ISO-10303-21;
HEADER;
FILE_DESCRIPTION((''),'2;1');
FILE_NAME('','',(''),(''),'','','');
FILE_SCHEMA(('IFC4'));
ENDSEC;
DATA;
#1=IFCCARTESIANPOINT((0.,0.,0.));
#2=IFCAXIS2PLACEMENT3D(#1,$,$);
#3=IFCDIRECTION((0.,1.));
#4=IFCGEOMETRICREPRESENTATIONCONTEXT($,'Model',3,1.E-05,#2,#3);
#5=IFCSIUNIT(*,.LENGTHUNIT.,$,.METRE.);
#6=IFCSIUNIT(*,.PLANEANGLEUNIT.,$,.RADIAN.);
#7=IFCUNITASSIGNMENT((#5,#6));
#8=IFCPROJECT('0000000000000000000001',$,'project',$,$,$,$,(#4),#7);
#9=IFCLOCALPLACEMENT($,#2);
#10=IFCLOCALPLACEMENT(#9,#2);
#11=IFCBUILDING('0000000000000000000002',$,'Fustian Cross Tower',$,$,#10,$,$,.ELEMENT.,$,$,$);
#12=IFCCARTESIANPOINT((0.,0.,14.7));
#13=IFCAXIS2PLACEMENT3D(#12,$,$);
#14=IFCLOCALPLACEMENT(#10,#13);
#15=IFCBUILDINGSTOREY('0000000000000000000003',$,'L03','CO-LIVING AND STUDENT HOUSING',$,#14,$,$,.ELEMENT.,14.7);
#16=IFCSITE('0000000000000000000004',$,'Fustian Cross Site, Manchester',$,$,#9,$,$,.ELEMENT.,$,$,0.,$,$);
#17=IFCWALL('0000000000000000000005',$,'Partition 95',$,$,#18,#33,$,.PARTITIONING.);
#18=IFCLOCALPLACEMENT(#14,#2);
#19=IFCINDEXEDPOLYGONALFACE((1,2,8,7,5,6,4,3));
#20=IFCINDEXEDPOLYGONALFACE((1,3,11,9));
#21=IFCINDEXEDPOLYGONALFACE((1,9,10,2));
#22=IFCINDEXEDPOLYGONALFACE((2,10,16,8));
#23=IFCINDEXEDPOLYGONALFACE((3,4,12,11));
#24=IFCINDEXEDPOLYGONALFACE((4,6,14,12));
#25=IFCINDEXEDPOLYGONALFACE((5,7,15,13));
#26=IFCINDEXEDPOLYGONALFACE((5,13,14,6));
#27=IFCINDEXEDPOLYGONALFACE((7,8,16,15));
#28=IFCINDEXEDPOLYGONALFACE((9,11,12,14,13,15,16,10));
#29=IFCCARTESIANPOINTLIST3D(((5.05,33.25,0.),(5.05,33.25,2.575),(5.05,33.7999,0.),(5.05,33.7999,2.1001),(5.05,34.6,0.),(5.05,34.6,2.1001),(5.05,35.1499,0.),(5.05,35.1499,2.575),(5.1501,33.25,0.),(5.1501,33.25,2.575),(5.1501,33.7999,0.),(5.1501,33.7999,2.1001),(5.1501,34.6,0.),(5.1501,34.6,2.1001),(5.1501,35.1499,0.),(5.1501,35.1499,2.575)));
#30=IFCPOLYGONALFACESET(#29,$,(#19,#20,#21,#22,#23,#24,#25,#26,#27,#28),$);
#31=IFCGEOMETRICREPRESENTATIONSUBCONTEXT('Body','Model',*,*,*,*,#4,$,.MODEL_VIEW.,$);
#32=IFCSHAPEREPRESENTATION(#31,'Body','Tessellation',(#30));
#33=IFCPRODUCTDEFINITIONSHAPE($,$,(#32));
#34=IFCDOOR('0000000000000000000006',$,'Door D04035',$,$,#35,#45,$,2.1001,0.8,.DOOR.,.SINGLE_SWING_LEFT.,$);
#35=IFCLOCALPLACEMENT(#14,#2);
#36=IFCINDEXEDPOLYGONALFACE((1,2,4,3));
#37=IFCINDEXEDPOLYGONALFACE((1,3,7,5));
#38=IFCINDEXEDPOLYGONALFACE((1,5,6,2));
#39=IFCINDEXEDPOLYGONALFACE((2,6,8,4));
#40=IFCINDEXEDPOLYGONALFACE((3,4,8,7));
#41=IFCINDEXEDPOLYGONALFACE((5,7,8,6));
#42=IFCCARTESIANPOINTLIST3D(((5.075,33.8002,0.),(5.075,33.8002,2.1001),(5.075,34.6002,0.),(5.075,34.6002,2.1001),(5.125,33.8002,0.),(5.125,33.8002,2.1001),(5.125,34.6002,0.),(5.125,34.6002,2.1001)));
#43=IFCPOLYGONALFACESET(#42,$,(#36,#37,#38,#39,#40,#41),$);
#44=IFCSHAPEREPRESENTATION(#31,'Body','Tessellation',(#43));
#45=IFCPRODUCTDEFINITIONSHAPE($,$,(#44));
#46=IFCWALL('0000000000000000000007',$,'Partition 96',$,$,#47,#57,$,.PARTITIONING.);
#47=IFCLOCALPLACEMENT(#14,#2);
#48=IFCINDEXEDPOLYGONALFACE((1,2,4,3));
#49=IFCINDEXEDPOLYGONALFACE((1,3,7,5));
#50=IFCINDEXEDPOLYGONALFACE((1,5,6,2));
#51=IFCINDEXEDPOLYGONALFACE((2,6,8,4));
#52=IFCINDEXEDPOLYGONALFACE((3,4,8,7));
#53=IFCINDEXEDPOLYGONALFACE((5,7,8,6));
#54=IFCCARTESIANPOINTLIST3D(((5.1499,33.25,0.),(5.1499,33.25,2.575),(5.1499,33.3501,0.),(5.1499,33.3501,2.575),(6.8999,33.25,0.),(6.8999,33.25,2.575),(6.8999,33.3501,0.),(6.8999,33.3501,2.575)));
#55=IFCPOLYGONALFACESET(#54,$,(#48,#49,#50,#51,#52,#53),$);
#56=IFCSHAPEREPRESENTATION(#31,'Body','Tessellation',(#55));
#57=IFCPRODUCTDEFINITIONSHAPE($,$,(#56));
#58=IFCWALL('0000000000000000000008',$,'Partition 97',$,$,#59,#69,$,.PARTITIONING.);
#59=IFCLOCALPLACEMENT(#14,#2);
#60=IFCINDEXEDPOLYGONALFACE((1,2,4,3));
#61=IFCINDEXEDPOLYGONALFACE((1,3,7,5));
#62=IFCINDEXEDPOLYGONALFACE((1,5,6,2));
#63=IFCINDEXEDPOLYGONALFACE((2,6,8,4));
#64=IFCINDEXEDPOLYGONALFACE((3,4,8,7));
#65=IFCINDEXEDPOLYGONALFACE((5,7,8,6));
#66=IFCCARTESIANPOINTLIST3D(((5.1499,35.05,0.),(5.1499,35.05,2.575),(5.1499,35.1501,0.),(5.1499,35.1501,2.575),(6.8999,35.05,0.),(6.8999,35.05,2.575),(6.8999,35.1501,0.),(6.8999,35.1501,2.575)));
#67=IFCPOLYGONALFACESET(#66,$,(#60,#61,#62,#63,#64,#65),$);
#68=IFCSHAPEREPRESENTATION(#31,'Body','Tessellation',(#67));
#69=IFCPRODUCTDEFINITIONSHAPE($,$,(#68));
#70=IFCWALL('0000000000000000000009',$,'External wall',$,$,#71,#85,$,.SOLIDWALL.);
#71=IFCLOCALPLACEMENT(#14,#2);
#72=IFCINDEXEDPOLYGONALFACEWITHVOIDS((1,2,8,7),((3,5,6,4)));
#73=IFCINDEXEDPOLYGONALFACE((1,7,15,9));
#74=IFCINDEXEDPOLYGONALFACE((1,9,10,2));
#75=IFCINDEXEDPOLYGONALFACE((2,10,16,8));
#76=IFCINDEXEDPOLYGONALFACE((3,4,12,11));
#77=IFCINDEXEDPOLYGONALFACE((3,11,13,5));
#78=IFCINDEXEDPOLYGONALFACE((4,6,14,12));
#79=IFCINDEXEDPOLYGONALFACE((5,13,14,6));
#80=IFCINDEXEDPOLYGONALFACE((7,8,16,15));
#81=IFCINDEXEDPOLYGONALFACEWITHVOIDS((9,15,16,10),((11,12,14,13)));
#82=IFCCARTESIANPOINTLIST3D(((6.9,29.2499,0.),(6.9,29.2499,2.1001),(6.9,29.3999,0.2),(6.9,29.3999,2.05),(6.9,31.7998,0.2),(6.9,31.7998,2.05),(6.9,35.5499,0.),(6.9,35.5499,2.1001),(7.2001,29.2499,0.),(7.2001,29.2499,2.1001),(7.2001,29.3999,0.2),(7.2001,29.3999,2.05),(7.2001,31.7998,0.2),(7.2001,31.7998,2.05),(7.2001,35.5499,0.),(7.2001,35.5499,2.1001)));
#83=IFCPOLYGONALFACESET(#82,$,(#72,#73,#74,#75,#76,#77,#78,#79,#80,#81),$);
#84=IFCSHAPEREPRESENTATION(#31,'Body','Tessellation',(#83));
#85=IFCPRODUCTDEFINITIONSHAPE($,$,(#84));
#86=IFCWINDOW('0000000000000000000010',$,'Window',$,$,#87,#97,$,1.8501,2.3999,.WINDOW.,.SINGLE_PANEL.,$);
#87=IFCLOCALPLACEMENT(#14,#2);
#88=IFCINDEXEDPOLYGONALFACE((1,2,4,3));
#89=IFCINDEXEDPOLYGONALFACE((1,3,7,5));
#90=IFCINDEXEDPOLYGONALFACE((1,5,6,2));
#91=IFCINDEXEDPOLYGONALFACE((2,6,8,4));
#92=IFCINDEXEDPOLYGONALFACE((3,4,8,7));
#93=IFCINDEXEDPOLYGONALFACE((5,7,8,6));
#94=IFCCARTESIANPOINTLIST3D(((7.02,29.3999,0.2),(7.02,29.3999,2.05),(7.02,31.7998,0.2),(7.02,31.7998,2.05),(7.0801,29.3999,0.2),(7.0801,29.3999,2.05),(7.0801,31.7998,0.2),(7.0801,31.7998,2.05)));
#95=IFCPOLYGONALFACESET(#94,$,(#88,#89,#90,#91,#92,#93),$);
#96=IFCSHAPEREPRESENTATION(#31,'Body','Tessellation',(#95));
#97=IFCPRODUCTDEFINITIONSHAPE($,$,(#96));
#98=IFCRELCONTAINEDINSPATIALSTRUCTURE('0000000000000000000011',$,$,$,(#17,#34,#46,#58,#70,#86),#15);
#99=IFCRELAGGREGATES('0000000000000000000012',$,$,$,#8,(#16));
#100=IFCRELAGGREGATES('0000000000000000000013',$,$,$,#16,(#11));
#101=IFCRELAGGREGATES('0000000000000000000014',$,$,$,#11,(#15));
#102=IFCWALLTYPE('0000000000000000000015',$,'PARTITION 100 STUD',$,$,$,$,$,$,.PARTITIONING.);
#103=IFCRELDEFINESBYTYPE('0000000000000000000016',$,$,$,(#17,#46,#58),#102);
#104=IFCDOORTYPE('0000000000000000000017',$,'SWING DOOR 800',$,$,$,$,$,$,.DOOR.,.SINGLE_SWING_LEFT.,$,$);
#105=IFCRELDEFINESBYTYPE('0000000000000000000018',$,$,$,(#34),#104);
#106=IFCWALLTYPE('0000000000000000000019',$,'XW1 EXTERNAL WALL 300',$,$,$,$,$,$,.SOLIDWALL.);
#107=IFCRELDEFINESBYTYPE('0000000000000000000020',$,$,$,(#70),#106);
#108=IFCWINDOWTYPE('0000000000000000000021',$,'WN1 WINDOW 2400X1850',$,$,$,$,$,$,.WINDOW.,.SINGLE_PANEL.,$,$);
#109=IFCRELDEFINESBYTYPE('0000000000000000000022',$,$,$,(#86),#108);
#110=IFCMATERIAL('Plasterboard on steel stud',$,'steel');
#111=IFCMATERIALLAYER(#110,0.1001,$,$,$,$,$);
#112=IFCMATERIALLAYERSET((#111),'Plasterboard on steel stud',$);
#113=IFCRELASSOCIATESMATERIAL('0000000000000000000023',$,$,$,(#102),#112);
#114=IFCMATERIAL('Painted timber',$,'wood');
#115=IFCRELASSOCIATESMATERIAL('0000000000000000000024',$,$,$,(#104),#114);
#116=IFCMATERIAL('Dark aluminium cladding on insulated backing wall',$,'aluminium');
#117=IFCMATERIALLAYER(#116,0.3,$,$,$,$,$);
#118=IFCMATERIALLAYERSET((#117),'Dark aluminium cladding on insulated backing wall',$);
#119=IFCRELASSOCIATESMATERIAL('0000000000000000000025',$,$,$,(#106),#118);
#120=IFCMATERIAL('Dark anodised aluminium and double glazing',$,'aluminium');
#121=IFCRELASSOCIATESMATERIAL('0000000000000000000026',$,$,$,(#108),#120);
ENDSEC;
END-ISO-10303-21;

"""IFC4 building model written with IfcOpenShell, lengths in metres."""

from ifc_helpers import new_model, si_unit, direction, frame, frame_2d, origin, place, context, subcontext, project, spatial, rectangle, extrude, material, layer, layer_set, type_object, element, fill, save


model = new_model("IFC4")

# Units and contexts
model_context = context("Model", 3, precision=1e-05, world=origin(), true_north=direction((0.0, 1.0)))
body_context = subcontext(model_context, "Body", "Model", "MODEL_VIEW")
ifc_project = project(units=[si_unit("LENGTHUNIT", "METRE"), si_unit("PLANEANGLEUNIT", "RADIAN")], contexts=[model_context])

# Site, building, storey
site_placement = place(None, origin())
site = spatial("IfcSite", under=ifc_project, at=site_placement, Name="Fustian Cross Site, Manchester", CompositionType="ELEMENT", RefElevation=0.0)
building_placement = place(site_placement, origin())
building = spatial("IfcBuilding", under=site, at=building_placement, Name="Fustian Cross Tower", CompositionType="ELEMENT")
storey_placement = place(building_placement, frame((0.0, 0.0, 14.7)))
storey = spatial("IfcBuildingStorey", under=building, at=storey_placement, Name="L03", Description="CO-LIVING AND STUDENT HOUSING", CompositionType="ELEMENT", Elevation=14.7)

# Shared definitions
ifc_material_1 = material(Name="Plasterboard on steel stud", Category="steel")
ifc_layer_1 = layer(ifc_material_1, 0.1001)
ifc_layer_set_1 = layer_set([ifc_layer_1], Name="Plasterboard on steel stud")
wall_type_1 = type_object("IfcWallType", Name="PARTITION 100 STUD", PredefinedType="PARTITIONING", material=ifc_layer_set_1)

# Shared definitions
ifc_material_2 = material(Name="Painted timber", Category="wood")
door_type_1 = type_object("IfcDoorType", Name="SWING DOOR 800", OperationType="SINGLE_SWING_LEFT", PredefinedType="DOOR", material=ifc_material_2)

# Wall, opening, door
wall_1_placement = place(storey_placement, frame((5.1001, 33.25, 0.0), z_axis=(0.0, 0.0, 1.0), x_axis=(0.0, 1.0, 0.0)))
wall_1 = element("IfcWall", 1, at=wall_1_placement, inside=storey, type_object=wall_type_1, Name="Partition 95", PredefinedType="PARTITIONING", context=body_context, shape_type="SweptSolid", body=[
    extrude(rectangle(XDim=1.8999, YDim=0.1001, at=frame_2d((0.95, 0.0))), origin(), (0.0, 0.0, 1.0), 2.575),
])
opening_1_placement = place(wall_1_placement, frame((0.55, 0.0, 0.0)))
opening_1 = element("IfcOpeningElement", 2, at=opening_1_placement, cuts=wall_1, PredefinedType="OPENING", context=body_context, shape_type="SweptSolid", body=[
    extrude(rectangle(XDim=0.8, YDim=2.1001, at=frame_2d((0.3999, 1.05))), frame((0.0, 0.0601, 0.0), z_axis=(0.0, -1.0, 0.0), x_axis=(1.0, 0.0, 0.0)), (0.0, 0.0, 1.0), 0.1201),
])
door_1_placement = place(opening_1_placement, frame((0.8, 0.0, 0.0), z_axis=(0.0, 0.0, 1.0), x_axis=(-1.0, 0.0, 0.0)))
door_1 = element("IfcDoor", 3, at=door_1_placement, inside=storey, type_object=door_type_1, Name="Door D04035", OperationType="SINGLE_SWING_LEFT", OverallHeight=2.1001, OverallWidth=0.8, PredefinedType="DOOR", context=body_context, shape_type="SweptSolid", body=[
    extrude(rectangle(XDim=0.8, YDim=2.1001, at=frame_2d((0.3999, 1.05))), frame((0.0, 0.0249, 0.0), z_axis=(0.0, -1.0, 0.0), x_axis=(1.0, 0.0, 0.0)), (0.0, 0.0, 1.0), 0.05),
])
fill(opening_1, door_1)

# Walls
for number, where, z_axis, x_axis, name in (
    (4, (5.1499, 33.3, 0.0), (0.0, 0.0, 1.0), (1.0, 0.0, 0.0), "Partition 96"),
    (5, (5.1499, 35.1001, 0.0), (0.0, 0.0, 1.0), (1.0, 0.0, 0.0), "Partition 97"),
):
    element("IfcWall", number, at=place(storey_placement, frame(where, z_axis=z_axis, x_axis=x_axis)), inside=storey, type_object=wall_type_1, Name=name, PredefinedType="PARTITIONING", context=body_context, shape_type="SweptSolid", body=[
        extrude(rectangle(XDim=1.75, YDim=0.1001, at=frame_2d((0.875, 0.0))), origin(), (0.0, 0.0, 1.0), 2.575),
    ])

# Wall, opening, window
ifc_material_3 = material(Name="Dark aluminium cladding on insulated backing wall", Category="aluminium")
ifc_layer_2 = layer(ifc_material_3, 0.3)
ifc_layer_set_2 = layer_set([ifc_layer_2], Name="Dark aluminium cladding on insulated backing wall")
wall_type_2 = type_object("IfcWallType", Name="XW1 EXTERNAL WALL 300", PredefinedType="SOLIDWALL", material=ifc_layer_set_2)
wall_2_placement = place(storey_placement, frame((7.05, 29.25, 0.0), z_axis=(0.0, 0.0, 1.0), x_axis=(0.0, 1.0, 0.0)))
wall_2 = element("IfcWall", 6, at=wall_2_placement, inside=storey, type_object=wall_type_2, Name="External wall", PredefinedType="SOLIDWALL", context=body_context, shape_type="SweptSolid", body=[
    extrude(rectangle(XDim=6.3, YDim=0.3, at=frame_2d((3.1499, 0.0))), origin(), (0.0, 0.0, 1.0), 2.1001),
])
opening_2_placement = place(wall_2_placement, frame((0.1499, 0.0, 0.2)))
opening_2 = element("IfcOpeningElement", 7, at=opening_2_placement, cuts=wall_2, PredefinedType="OPENING", context=body_context, shape_type="SweptSolid", body=[
    extrude(rectangle(XDim=2.3999, YDim=1.8501, at=frame_2d((1.2, 0.925))), frame((0.0, 0.1599, 0.0), z_axis=(0.0, -1.0, 0.0), x_axis=(1.0, 0.0, 0.0)), (0.0, 0.0, 1.0), 0.3201),
])
ifc_material_4 = material(Name="Dark anodised aluminium and double glazing", Category="aluminium")
window_type = type_object("IfcWindowType", Name="WN1 WINDOW 2400X1850", PartitioningType="SINGLE_PANEL", PredefinedType="WINDOW", material=ifc_material_4)
window_placement = place(opening_2_placement, origin())
window = element("IfcWindow", 8, at=window_placement, inside=storey, type_object=window_type, Name="Window", OverallHeight=1.8501, OverallWidth=2.3999, PartitioningType="SINGLE_PANEL", PredefinedType="WINDOW", context=body_context, shape_type="SweptSolid", body=[
    extrude(rectangle(XDim=2.3999, YDim=1.8501, at=frame_2d((1.2, 0.925))), frame((0.0, 0.03, 0.0), z_axis=(0.0, -1.0, 0.0), x_axis=(1.0, 0.0, 0.0)), (0.0, 0.0, 1.0), 0.0601),
])
fill(opening_2, window)

save(model, "model.ifc")
